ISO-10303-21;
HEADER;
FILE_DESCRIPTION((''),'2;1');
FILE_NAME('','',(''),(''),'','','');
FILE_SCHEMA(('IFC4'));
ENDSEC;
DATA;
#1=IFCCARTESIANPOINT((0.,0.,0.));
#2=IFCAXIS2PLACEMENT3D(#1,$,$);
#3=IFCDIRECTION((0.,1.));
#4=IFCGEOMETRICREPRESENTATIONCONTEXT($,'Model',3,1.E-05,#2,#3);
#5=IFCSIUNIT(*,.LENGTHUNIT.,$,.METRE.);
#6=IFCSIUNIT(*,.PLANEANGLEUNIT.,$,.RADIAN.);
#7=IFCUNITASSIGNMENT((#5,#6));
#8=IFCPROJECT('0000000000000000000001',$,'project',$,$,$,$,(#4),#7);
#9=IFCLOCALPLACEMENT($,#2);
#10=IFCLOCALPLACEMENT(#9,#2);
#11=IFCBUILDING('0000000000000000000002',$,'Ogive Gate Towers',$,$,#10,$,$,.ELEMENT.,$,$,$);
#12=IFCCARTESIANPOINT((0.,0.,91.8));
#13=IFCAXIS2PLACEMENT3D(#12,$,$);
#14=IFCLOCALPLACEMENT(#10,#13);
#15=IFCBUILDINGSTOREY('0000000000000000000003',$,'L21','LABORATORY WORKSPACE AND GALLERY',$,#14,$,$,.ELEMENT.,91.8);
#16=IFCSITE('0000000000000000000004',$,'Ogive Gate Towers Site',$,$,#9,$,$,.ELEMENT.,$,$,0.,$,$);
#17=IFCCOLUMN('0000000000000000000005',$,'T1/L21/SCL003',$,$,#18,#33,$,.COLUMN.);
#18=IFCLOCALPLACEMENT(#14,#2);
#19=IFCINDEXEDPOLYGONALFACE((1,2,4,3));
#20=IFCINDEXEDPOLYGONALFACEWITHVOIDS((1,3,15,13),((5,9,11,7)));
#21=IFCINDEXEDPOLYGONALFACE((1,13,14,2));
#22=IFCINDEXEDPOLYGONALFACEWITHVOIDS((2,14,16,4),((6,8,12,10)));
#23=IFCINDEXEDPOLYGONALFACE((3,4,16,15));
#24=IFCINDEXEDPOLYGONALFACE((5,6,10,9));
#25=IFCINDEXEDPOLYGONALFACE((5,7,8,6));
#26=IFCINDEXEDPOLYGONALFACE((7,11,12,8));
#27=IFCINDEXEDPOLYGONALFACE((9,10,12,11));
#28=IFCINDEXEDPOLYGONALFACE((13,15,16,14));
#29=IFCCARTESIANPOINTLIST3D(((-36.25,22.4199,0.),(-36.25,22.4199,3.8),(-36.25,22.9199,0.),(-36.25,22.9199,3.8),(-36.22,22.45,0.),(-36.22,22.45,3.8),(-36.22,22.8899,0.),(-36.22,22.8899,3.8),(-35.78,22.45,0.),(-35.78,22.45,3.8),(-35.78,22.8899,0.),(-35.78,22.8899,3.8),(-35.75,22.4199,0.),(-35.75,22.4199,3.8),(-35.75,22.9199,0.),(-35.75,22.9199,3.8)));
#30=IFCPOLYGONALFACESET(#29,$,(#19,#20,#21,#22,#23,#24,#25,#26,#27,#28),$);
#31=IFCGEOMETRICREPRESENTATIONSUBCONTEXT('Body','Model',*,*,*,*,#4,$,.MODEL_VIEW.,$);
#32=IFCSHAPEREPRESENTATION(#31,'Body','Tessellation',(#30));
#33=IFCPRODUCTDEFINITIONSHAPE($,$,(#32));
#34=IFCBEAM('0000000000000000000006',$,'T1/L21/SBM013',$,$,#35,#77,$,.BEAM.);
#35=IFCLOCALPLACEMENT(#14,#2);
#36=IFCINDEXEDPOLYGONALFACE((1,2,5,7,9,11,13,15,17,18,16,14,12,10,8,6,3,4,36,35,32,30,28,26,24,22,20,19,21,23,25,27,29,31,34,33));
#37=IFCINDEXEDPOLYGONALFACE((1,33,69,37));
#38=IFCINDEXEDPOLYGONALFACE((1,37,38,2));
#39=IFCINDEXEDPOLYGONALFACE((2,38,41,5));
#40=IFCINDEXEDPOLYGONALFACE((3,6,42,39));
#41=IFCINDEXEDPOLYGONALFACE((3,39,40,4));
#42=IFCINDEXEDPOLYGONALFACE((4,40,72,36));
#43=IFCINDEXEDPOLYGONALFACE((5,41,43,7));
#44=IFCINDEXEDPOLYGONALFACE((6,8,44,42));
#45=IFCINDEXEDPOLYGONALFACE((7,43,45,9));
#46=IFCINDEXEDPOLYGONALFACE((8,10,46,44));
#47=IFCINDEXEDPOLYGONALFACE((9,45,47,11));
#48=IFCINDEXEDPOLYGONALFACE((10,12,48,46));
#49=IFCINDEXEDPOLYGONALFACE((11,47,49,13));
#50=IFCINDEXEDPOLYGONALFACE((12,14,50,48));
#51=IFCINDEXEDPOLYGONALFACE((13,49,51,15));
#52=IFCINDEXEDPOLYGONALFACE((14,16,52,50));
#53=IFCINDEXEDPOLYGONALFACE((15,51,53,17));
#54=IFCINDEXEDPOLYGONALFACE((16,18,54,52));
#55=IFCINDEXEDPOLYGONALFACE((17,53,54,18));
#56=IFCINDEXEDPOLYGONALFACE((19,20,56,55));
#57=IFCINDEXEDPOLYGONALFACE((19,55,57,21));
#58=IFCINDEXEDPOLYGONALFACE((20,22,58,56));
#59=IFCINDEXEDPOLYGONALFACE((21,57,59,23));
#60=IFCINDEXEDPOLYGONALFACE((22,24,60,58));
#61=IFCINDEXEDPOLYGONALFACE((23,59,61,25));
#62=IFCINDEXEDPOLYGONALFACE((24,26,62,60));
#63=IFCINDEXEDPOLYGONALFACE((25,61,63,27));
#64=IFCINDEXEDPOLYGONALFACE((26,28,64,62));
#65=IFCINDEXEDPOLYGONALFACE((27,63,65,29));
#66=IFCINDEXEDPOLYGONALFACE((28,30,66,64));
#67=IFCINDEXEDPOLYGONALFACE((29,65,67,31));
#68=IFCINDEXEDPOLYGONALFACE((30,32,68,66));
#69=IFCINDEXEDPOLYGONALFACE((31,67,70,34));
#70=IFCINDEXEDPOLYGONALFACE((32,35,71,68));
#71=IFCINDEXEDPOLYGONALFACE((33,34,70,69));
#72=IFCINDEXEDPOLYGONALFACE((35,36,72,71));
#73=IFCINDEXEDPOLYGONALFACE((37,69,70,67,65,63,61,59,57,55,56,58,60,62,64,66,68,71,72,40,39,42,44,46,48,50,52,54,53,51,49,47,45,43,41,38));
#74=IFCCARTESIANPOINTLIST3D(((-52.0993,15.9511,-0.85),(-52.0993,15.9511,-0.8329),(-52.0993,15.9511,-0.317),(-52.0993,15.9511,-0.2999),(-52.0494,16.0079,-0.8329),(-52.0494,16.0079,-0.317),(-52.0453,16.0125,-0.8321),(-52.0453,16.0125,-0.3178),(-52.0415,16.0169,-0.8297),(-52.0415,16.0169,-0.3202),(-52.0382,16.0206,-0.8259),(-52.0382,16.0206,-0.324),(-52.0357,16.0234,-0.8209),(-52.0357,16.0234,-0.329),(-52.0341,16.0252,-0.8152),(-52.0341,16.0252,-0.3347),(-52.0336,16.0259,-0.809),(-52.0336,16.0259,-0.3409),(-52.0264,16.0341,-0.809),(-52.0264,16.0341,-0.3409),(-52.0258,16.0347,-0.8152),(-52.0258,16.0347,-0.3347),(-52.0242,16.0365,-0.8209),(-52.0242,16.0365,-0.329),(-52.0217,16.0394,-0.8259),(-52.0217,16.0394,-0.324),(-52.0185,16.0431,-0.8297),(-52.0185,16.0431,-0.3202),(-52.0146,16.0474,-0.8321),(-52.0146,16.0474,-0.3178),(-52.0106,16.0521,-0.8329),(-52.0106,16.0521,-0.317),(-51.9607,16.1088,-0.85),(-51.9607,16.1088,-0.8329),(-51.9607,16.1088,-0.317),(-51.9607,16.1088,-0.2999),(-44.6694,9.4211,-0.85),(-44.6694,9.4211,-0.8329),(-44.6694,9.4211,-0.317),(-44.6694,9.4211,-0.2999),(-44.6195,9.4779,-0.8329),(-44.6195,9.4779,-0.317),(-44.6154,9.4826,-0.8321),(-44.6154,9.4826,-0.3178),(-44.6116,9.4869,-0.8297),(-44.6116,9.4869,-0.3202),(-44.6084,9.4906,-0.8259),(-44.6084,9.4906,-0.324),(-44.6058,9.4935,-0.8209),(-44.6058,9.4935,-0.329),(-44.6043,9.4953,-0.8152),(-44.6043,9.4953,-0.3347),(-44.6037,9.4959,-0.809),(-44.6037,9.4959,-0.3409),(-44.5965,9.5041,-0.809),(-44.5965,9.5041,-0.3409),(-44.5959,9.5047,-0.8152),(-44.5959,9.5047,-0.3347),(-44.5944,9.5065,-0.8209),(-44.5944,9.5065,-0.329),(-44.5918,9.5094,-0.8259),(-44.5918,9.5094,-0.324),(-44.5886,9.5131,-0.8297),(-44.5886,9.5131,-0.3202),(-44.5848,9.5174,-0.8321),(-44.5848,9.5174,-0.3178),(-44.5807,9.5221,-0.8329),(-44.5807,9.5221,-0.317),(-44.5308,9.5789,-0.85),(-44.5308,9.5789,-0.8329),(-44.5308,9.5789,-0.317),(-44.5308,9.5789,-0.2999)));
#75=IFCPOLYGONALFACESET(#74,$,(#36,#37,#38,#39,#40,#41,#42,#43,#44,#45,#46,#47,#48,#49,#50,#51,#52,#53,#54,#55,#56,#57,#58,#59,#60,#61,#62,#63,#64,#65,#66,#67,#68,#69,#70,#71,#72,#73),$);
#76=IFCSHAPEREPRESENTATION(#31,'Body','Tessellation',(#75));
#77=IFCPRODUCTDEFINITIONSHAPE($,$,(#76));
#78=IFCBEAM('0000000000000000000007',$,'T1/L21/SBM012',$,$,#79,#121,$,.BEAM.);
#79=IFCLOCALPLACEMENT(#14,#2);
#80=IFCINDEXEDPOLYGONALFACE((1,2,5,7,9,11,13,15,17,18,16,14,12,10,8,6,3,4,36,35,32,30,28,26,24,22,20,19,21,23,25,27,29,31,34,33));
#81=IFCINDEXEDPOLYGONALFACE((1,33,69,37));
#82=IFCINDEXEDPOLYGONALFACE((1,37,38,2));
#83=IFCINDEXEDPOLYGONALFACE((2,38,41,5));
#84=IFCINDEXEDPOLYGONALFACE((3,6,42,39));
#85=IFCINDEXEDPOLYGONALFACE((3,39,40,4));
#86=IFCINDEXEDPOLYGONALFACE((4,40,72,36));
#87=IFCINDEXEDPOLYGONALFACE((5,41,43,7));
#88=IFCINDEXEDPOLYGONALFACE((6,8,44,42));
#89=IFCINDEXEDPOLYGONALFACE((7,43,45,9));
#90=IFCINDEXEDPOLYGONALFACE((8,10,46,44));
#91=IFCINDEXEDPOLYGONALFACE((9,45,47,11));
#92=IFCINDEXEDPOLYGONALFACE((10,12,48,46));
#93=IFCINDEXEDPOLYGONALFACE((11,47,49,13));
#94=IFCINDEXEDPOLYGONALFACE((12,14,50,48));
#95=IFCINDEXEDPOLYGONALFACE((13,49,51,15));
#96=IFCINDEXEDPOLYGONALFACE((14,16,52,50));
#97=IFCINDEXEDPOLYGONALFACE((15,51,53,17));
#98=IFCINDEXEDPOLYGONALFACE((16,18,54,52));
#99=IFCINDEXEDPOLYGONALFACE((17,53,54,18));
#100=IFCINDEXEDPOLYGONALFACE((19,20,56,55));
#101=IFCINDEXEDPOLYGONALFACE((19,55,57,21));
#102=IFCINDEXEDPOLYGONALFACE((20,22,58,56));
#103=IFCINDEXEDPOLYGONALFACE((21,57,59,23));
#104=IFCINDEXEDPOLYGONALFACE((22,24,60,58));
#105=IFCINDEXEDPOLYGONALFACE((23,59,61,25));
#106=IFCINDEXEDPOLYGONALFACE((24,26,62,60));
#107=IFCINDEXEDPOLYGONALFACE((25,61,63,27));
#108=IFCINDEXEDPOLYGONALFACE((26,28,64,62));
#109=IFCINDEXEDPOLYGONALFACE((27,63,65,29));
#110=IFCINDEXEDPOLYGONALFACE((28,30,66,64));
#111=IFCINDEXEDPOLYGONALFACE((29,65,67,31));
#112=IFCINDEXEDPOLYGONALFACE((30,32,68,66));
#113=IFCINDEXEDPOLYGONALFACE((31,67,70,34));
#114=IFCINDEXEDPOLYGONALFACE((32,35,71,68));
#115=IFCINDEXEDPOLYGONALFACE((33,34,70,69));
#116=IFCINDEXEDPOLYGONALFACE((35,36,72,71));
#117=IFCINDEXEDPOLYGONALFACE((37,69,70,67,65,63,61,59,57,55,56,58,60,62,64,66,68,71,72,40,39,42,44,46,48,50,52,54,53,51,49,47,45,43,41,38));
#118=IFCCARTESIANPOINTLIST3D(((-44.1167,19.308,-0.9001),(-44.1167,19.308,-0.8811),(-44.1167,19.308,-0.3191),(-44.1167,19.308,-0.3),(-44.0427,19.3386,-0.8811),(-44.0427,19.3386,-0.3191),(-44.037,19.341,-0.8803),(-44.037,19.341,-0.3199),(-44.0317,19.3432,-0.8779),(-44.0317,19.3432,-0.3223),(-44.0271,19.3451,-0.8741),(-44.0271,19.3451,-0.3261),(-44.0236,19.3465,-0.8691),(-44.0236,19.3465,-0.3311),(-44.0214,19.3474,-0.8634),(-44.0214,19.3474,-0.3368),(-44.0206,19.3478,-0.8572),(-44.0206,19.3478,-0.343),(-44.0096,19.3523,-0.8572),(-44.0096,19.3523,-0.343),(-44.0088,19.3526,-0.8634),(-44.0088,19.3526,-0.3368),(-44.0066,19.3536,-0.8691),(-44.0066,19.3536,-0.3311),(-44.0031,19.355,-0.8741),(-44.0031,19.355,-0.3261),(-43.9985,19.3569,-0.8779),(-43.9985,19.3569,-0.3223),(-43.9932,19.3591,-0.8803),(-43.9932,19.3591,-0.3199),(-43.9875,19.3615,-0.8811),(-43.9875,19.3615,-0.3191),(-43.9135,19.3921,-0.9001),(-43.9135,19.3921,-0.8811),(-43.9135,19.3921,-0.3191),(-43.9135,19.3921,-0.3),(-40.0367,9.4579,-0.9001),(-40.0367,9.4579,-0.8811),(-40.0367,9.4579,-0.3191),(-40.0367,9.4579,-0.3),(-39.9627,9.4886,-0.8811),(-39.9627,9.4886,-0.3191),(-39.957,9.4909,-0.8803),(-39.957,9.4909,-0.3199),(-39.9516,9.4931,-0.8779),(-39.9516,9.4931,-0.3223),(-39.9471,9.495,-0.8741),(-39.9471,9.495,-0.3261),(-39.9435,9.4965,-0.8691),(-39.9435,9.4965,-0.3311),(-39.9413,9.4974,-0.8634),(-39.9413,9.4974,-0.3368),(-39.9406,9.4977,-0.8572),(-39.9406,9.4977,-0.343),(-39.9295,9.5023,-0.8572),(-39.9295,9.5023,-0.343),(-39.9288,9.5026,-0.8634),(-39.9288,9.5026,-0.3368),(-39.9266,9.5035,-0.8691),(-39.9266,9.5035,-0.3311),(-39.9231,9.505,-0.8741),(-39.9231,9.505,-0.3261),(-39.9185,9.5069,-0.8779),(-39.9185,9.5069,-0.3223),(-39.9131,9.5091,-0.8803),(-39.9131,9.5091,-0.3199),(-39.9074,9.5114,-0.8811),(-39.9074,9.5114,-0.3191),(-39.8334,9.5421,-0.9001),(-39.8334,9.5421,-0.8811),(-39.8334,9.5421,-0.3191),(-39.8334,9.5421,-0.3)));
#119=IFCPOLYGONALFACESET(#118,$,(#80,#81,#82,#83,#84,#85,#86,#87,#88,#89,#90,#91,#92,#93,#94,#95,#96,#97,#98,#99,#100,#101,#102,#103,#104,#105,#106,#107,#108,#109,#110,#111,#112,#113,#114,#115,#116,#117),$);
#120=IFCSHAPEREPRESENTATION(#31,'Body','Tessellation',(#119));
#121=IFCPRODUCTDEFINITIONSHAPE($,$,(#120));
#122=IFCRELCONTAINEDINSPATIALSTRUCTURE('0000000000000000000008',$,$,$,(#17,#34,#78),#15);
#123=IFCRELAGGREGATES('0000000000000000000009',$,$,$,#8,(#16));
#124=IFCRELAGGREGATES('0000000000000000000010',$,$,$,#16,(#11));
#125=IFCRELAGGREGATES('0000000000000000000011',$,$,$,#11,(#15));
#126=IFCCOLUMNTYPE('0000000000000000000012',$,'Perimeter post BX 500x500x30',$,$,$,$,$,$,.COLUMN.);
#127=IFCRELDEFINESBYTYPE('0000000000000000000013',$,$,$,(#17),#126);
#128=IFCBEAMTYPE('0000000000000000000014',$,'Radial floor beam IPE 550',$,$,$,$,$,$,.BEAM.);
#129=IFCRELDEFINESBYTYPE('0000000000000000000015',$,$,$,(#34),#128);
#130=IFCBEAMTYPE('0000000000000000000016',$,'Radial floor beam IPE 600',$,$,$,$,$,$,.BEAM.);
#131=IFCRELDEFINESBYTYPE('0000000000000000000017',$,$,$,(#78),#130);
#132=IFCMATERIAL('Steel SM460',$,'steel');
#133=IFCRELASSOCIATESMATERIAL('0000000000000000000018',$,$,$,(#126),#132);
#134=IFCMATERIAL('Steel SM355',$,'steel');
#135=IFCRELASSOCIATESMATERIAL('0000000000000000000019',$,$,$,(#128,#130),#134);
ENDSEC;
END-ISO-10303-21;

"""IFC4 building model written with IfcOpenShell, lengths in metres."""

from ifc_helpers import new_model, si_unit, direction, frame, origin, origin_2d, place, context, subcontext, project, spatial, hollow_rectangle, i_section, extrude, material, material_profile, profile_set, type_object, element, save


model = new_model("IFC4")

# Units and contexts
model_context = context("Model", 3, precision=1e-05, world=origin(), true_north=direction((0.0, 1.0)))
body_context = subcontext(model_context, "Body", "Model", "MODEL_VIEW")
ifc_project = project(units=[si_unit("LENGTHUNIT", "METRE"), si_unit("PLANEANGLEUNIT", "RADIAN")], contexts=[model_context])

# Site, building, storey
site_placement = place(None, origin())
site = spatial("IfcSite", under=ifc_project, at=site_placement, Name="Ogive Gate Towers Site", CompositionType="ELEMENT", RefElevation=0.0)
building_placement = place(site_placement, origin())
building = spatial("IfcBuilding", under=site, at=building_placement, Name="Ogive Gate Towers", CompositionType="ELEMENT")
storey_placement = place(building_placement, frame((0.0, 0.0, 91.8)))
storey = spatial("IfcBuildingStorey", under=building, at=storey_placement, Name="L21", Description="LABORATORY WORKSPACE AND GALLERY", CompositionType="ELEMENT", Elevation=91.8)

# Column
ifc_material_1 = material(Name="Steel SM460", Category="steel")
ifc_material_profile_1 = material_profile(ifc_material_1, hollow_rectangle(XDim=0.5, YDim=0.5, WallThickness=0.03, at=origin_2d()), Name="BX 500x500x30")
ifc_profile_set_1 = profile_set([ifc_material_profile_1], Name="Steel SM460")
column_type = type_object("IfcColumnType", Name="Perimeter post BX 500x500x30", PredefinedType="COLUMN", material=ifc_profile_set_1)
column_placement = place(storey_placement, frame((-36.0, 22.6699, 0.0), z_axis=(0.0, 0.0, 1.0), x_axis=(1.0, 0.0, 0.0)))
element("IfcColumn", 1, at=column_placement, inside=storey, type_object=column_type, Name="T1/L21/SCL003", PredefinedType="COLUMN", context=body_context, shape_type="SweptSolid", body=[
    extrude(hollow_rectangle(XDim=0.5, YDim=0.5, WallThickness=0.03, at=origin_2d()), origin(), (0.0, 0.0, 1.0), 3.8),
])

# Beams
ifc_material_2 = material(Name="Steel SM355", Category="steel")
ifc_material_profile_2 = material_profile(ifc_material_2, i_section(OverallWidth=0.21, OverallDepth=0.55, WebThickness=0.011, FlangeThickness=0.0171, FilletRadius=0.0239, at=origin_2d()), Name="IPE 550")
ifc_profile_set_2 = profile_set([ifc_material_profile_2], Name="Steel SM355")
beam_type_1 = type_object("IfcBeamType", Name="Radial floor beam IPE 550", PredefinedType="BEAM", material=ifc_profile_set_2)
beam_1_placement = place(storey_placement, frame((-44.6001, 9.5, -0.575), z_axis=(-0.75113, 0.660154, 0.0), x_axis=(-0.660154, -0.75113, 0.0)))
element("IfcBeam", 2, at=beam_1_placement, inside=storey, type_object=beam_type_1, Name="T1/L21/SBM013", PredefinedType="BEAM", context=body_context, shape_type="SweptSolid", body=[
    extrude(i_section(OverallWidth=0.21, OverallDepth=0.55, WebThickness=0.011, FlangeThickness=0.0171, FilletRadius=0.0239, at=origin_2d()), origin(), (0.0, 0.0, 1.0), 9.8916),
])
ifc_material_profile_3 = material_profile(ifc_material_2, i_section(OverallWidth=0.22, OverallDepth=0.6001, WebThickness=0.012, FlangeThickness=0.019, FilletRadius=0.0239, at=origin_2d()), Name="IPE 600")
ifc_profile_set_3 = profile_set([ifc_material_profile_3], Name="Steel SM355")
beam_type_2 = type_object("IfcBeamType", Name="Radial floor beam IPE 600", PredefinedType="BEAM", material=ifc_profile_set_3)
beam_2_placement = place(storey_placement, frame((-39.9351, 9.5, -0.6001), z_axis=(-0.382686, 0.923878, 0.0), x_axis=(-0.923878, -0.382686, 0.0)))
element("IfcBeam", 3, at=beam_2_placement, inside=storey, type_object=beam_type_2, Name="T1/L21/SBM012", PredefinedType="BEAM", context=body_context, shape_type="SweptSolid", body=[
    extrude(i_section(OverallWidth=0.22, OverallDepth=0.6001, WebThickness=0.012, FlangeThickness=0.019, FilletRadius=0.0239, at=origin_2d()), origin(), (0.0, 0.0, 1.0), 10.6616),
])

save(model, "model.ifc")
